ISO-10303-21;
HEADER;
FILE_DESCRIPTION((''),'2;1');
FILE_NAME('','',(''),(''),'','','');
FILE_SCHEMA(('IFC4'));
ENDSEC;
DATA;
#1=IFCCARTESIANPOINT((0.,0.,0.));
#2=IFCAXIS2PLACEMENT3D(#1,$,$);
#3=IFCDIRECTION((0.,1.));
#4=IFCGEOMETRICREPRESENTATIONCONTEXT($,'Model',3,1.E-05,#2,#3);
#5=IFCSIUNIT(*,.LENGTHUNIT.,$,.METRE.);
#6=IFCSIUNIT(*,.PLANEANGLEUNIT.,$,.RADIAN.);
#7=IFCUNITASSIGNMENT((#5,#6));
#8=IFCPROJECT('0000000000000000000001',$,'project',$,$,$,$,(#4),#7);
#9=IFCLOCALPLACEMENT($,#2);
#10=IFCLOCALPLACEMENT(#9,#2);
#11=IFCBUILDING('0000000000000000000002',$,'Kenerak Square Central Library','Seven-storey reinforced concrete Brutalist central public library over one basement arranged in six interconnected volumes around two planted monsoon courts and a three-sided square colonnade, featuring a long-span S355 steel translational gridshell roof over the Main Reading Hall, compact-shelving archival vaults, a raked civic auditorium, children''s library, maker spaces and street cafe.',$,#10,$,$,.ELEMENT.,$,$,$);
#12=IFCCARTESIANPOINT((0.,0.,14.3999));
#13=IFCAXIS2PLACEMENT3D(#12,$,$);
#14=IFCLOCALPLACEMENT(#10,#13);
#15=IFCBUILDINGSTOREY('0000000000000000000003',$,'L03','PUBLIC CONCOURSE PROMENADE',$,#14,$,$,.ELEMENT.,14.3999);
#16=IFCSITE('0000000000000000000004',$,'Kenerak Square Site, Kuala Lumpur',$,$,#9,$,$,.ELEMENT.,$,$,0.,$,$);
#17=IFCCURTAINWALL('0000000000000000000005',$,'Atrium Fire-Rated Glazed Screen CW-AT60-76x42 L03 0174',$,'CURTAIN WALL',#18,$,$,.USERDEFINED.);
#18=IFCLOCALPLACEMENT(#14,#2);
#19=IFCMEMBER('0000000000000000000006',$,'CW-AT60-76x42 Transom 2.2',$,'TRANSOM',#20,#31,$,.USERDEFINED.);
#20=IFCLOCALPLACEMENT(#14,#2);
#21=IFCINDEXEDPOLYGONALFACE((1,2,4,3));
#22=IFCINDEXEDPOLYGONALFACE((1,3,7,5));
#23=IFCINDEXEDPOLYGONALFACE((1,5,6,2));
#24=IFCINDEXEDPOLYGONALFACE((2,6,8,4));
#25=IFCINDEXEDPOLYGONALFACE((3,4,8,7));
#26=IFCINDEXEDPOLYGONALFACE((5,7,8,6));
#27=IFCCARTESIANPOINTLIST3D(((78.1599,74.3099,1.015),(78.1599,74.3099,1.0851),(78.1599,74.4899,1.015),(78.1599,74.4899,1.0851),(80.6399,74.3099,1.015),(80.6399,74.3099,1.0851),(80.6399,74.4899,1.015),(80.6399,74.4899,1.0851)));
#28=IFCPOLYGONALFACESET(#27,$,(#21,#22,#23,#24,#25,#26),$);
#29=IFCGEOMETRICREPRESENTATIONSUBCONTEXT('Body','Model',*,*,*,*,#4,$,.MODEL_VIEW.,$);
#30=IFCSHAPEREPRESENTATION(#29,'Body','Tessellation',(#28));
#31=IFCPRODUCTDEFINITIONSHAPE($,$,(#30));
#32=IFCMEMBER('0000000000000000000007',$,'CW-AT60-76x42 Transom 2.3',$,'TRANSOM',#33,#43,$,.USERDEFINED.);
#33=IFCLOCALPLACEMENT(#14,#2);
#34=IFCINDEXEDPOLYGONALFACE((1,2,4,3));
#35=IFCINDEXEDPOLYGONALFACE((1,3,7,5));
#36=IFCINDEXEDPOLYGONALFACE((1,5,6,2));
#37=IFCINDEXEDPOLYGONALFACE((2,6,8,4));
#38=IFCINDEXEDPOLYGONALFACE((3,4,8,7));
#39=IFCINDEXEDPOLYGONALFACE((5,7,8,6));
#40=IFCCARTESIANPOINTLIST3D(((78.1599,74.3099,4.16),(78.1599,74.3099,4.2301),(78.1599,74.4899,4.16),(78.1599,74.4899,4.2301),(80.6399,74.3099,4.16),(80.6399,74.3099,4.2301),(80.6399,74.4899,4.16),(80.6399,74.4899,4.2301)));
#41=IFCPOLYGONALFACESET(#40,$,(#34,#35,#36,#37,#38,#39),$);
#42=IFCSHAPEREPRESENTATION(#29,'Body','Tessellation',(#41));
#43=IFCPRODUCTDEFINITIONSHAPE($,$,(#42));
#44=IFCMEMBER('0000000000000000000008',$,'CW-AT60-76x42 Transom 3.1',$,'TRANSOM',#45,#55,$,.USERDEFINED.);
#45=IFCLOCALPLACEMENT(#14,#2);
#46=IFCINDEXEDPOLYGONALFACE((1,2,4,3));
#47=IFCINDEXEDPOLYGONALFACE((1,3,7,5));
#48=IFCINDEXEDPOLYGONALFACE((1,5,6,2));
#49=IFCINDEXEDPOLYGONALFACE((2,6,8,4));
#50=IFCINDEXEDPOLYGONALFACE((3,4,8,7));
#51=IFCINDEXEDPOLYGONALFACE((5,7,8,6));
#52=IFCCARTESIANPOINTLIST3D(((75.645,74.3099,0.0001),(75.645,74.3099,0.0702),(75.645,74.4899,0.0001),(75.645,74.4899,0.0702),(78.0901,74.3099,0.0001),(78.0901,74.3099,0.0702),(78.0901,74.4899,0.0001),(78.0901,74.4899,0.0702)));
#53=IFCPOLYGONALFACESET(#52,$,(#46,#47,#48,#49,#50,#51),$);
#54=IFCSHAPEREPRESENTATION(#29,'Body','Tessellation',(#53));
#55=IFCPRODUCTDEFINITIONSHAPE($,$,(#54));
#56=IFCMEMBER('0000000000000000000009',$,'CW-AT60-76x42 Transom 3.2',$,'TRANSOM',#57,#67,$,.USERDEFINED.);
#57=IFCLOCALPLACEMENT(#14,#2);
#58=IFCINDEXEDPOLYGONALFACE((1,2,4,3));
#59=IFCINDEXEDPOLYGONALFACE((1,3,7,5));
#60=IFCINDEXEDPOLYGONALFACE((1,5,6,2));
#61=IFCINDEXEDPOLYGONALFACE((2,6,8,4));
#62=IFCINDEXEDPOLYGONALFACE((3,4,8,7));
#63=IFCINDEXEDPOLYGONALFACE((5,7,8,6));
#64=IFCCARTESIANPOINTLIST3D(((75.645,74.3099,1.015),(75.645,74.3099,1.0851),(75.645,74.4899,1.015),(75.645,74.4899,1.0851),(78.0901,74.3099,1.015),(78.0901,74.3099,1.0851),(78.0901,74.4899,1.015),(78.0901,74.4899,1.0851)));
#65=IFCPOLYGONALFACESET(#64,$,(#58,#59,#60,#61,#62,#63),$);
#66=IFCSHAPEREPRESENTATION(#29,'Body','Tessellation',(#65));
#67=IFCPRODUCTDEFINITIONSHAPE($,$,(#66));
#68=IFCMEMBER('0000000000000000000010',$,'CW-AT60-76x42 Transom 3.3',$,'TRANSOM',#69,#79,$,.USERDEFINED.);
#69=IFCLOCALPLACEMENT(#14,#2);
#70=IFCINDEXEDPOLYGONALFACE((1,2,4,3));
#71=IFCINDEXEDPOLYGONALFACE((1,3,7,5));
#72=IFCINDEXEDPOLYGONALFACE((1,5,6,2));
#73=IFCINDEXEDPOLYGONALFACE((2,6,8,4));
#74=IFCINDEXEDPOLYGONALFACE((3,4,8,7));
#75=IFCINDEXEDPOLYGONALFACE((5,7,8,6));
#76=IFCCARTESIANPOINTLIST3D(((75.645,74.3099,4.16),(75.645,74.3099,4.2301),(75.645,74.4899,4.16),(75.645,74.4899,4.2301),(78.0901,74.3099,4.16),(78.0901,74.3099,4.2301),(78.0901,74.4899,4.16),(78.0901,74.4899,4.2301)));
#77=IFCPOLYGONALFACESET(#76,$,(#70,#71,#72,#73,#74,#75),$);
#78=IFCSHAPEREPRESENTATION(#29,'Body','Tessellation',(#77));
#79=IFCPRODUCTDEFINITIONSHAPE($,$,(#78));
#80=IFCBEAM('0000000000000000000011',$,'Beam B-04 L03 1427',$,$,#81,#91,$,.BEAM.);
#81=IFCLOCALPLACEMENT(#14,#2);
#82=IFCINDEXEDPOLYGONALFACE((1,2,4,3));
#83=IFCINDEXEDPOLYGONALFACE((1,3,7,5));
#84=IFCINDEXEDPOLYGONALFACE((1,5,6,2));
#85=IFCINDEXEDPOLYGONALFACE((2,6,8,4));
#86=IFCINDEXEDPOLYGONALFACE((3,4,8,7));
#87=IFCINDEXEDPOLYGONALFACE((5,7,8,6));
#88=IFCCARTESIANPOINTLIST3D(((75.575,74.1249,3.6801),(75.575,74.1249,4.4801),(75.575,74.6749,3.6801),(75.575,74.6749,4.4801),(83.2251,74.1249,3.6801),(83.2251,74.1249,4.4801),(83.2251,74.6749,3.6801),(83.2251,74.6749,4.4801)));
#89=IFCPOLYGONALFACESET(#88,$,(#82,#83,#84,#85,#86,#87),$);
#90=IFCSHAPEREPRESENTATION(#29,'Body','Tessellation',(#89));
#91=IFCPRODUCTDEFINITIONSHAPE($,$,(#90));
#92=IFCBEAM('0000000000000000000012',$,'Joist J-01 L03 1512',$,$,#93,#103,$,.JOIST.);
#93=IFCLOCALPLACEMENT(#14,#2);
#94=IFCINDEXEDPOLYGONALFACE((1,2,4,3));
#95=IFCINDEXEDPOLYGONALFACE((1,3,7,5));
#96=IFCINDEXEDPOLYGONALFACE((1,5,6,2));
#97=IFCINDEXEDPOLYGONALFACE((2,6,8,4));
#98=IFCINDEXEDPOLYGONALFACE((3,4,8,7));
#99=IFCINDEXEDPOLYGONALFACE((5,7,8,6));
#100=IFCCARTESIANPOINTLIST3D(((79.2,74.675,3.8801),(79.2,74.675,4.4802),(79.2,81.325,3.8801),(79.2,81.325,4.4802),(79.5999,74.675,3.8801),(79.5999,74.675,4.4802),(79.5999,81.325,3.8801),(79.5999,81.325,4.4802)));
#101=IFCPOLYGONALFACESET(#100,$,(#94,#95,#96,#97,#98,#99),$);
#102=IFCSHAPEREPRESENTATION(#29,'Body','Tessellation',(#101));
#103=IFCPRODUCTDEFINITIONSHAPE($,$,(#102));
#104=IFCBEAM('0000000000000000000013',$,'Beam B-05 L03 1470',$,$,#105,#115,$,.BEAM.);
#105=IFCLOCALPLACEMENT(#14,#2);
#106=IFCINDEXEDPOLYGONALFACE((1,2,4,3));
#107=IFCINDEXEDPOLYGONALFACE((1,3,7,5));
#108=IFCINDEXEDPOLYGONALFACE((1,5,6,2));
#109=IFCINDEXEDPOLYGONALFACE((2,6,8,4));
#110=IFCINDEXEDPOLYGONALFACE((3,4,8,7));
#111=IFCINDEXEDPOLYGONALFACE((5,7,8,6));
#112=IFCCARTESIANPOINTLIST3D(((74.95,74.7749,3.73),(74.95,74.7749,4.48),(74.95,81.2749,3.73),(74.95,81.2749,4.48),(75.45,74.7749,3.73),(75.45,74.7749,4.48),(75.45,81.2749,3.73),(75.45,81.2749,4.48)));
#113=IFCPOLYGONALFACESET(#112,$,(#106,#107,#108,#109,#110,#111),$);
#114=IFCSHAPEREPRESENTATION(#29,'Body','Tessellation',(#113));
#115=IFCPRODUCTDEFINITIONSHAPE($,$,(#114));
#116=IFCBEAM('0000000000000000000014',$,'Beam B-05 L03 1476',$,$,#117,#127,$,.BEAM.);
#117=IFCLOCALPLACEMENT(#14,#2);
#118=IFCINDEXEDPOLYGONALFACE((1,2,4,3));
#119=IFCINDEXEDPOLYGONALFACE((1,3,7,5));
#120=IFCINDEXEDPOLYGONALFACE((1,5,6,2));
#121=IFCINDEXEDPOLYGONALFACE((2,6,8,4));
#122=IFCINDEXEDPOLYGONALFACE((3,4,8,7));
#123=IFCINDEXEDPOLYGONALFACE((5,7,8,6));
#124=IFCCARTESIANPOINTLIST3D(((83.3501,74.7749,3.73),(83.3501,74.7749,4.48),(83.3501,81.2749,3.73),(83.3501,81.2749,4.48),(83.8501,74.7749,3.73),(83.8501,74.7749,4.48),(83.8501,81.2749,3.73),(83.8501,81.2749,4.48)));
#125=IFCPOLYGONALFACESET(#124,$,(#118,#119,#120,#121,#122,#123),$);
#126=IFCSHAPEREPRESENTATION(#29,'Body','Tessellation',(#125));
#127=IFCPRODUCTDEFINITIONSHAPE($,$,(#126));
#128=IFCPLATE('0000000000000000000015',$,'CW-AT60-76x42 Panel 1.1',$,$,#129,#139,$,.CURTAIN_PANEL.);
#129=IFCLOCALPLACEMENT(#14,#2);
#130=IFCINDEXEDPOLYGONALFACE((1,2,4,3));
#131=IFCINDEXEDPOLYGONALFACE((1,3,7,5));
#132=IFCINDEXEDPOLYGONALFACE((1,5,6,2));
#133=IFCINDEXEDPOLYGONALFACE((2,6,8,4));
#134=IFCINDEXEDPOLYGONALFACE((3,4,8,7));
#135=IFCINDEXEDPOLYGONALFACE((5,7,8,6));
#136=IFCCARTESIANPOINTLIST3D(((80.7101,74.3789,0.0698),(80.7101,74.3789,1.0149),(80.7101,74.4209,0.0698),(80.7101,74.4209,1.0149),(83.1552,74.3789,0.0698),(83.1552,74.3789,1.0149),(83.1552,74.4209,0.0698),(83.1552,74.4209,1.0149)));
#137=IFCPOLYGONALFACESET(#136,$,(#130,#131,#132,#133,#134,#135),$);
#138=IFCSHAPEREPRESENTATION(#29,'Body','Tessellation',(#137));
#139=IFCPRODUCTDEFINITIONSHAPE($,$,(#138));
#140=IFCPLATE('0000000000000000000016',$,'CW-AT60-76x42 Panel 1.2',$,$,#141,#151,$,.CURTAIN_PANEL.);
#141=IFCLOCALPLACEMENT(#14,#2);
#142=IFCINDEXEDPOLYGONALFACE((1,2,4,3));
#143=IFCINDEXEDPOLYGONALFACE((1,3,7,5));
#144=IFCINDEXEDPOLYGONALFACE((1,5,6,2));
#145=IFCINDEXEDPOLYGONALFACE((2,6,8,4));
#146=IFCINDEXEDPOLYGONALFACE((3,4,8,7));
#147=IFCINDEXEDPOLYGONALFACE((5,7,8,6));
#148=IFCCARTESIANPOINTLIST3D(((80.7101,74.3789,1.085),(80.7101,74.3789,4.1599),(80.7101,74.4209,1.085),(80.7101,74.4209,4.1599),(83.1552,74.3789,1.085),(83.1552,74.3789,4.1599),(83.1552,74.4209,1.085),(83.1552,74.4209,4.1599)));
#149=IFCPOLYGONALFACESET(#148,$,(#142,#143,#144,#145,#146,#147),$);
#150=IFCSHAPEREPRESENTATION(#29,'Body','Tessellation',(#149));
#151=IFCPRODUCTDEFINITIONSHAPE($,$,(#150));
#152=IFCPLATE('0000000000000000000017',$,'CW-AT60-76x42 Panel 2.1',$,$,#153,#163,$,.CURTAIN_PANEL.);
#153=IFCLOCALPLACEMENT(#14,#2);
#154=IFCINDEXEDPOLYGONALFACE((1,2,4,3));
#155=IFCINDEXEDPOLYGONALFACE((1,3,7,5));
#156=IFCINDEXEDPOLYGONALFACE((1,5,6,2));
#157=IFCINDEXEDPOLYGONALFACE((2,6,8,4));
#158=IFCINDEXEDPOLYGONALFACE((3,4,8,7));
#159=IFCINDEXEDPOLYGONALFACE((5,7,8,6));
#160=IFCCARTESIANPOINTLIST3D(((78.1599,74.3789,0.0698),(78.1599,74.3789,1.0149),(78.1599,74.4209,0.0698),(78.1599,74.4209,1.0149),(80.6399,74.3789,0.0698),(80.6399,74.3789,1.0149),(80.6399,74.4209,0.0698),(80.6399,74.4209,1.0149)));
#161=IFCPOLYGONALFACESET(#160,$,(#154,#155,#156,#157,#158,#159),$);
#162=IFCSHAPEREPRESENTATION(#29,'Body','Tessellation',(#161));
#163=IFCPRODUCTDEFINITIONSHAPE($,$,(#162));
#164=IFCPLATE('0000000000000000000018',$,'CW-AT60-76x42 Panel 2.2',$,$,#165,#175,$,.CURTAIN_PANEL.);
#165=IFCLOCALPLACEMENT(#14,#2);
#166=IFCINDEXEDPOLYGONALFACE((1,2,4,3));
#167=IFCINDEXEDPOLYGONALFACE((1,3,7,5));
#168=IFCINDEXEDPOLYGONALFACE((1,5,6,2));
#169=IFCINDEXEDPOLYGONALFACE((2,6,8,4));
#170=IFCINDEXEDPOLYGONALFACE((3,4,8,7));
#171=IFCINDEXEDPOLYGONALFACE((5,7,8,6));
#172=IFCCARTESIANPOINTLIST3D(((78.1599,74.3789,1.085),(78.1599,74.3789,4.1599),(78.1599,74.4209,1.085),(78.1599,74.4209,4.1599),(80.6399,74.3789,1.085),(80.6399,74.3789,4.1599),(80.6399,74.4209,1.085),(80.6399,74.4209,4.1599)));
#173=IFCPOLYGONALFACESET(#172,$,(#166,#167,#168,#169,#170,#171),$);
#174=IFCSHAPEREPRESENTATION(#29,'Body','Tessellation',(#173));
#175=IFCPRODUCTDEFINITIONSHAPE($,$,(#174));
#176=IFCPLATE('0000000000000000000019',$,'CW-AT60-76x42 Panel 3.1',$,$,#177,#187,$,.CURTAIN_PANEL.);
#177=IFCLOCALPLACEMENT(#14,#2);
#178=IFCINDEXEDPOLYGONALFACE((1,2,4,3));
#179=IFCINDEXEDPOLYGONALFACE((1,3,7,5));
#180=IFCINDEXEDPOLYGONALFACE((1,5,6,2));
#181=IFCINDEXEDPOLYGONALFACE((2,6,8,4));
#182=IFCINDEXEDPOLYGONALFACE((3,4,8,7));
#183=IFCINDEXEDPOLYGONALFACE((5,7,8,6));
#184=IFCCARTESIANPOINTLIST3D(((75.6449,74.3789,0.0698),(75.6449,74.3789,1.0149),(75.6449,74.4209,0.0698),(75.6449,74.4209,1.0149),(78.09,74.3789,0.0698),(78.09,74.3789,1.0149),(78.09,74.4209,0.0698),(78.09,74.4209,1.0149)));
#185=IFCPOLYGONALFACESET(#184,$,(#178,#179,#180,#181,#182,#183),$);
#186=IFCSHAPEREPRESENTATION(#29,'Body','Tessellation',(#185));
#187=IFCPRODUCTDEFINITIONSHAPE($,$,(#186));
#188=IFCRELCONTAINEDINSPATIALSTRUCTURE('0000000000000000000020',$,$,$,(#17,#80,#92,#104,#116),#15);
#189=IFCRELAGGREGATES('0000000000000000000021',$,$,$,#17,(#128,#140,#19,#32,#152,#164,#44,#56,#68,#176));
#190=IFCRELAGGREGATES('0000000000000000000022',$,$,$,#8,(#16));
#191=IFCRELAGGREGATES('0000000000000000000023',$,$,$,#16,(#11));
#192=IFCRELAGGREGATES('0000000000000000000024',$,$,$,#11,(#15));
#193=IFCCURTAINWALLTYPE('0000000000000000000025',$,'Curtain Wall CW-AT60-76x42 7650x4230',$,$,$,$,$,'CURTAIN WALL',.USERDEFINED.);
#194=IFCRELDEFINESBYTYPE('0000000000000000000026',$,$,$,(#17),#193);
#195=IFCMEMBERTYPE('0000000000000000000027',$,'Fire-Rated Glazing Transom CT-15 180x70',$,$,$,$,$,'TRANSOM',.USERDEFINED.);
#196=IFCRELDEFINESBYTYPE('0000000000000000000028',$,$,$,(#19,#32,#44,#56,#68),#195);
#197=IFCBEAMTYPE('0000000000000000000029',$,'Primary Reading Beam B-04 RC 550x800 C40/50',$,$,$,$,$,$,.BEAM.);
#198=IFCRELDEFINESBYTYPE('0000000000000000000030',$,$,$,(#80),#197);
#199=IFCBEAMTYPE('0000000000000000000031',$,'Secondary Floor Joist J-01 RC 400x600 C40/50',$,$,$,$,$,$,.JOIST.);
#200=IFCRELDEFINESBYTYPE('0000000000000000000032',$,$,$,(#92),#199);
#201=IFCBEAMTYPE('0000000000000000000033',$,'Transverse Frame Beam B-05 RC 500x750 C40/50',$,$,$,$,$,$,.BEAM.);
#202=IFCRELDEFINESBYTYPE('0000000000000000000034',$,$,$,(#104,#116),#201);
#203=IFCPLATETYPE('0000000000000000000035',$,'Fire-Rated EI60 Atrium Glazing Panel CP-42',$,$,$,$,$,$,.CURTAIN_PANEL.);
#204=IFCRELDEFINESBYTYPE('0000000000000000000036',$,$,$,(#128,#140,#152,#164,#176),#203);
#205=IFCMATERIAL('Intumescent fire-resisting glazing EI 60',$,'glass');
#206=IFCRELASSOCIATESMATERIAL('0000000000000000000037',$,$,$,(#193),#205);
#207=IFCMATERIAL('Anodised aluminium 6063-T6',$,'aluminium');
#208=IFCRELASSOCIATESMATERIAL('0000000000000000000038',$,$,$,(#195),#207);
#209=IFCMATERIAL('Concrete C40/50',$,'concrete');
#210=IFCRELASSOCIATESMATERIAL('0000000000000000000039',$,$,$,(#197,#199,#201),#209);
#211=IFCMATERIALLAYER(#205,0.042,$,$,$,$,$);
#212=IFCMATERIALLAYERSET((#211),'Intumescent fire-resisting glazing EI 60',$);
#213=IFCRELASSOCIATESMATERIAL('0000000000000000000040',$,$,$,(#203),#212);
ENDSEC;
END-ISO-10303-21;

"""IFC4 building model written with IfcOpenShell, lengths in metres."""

from ifc_helpers import new_model, si_unit, direction, frame, origin, origin_2d, place, context, subcontext, project, spatial, rectangle, extrude, material, layer, layer_set, material_profile, profile_set, type_object, element, aggregate, save


model = new_model("IFC4")

# Units and contexts
model_context = context("Model", 3, precision=1e-05, world=origin(), true_north=direction((0.0, 1.0)))
body_context = subcontext(model_context, "Body", "Model", "MODEL_VIEW")
ifc_project = project(units=[si_unit("LENGTHUNIT", "METRE"), si_unit("PLANEANGLEUNIT", "RADIAN")], contexts=[model_context])

# Site, building, storey
site_placement = place(None, origin())
site = spatial("IfcSite", under=ifc_project, at=site_placement, Name="Kenerak Square Site, Kuala Lumpur", CompositionType="ELEMENT", RefElevation=0.0)
building_placement = place(site_placement, origin())
building = spatial("IfcBuilding", under=site, at=building_placement, Name="Kenerak Square Central Library", Description="Seven-storey reinforced concrete Brutalist central public library over one basement arranged in six interconnected volumes around two planted monsoon courts and a three-sided square colonnade, featuring a long-span S355 steel translational gridshell roof over the Main Reading Hall, compact-shelving archival vaults, a raked civic auditorium, children's library, maker spaces and street cafe.", CompositionType="ELEMENT")
storey_placement = place(building_placement, frame((0.0, 0.0, 14.3999)))
storey = spatial("IfcBuildingStorey", under=building, at=storey_placement, Name="L03", Description="PUBLIC CONCOURSE PROMENADE", CompositionType="ELEMENT", Elevation=14.3999)

# Shared definitions
ifc_material_1 = material(Name="Concrete C40/50", Category="concrete")

# Curtain wall, members
ifc_material_2 = material(Name="Intumescent fire-resisting glazing EI 60", Category="glass")
curtain_wall_type = type_object("IfcCurtainWallType", Name="Curtain Wall CW-AT60-76x42 7650x4230", ElementType="CURTAIN WALL", PredefinedType="USERDEFINED", material=ifc_material_2)
curtain_wall_placement = place(storey_placement, origin())
curtain_wall = element("IfcCurtainWall", 1, at=curtain_wall_placement, inside=storey, type_object=curtain_wall_type, Name="Atrium Fire-Rated Glazed Screen CW-AT60-76x42 L03 0174", ObjectType="CURTAIN WALL", PredefinedType="USERDEFINED")
ifc_material_3 = material(Name="Anodised aluminium 6063-T6", Category="aluminium")
ifc_material_profile_1 = material_profile(ifc_material_3, rectangle(XDim=0.1799, YDim=0.0701, at=origin_2d()), Name="AL TRANSOM 180x70")
ifc_profile_set_1 = profile_set([ifc_material_profile_1], Name="Anodised aluminium 6063-T6")
member_type_1 = type_object("IfcMemberType", Name="Fire-Rated Glazing Transom CT-15 180x70", ElementType="TRANSOM", PredefinedType="USERDEFINED", material=ifc_profile_set_1)
member_1_placement = place(storey_placement, frame((80.6399, 74.3999, 1.05), z_axis=(-1.0, 0.0, 0.0), x_axis=(0.0, -1.0, 0.0)))
member_1 = element("IfcMember", 2, at=member_1_placement, type_object=member_type_1, Name="CW-AT60-76x42 Transom 2.2", ObjectType="TRANSOM", PredefinedType="USERDEFINED", context=body_context, shape_type="SweptSolid", body=[
    extrude(rectangle(XDim=0.1799, YDim=0.0701, at=origin_2d()), origin(), (0.0, 0.0, 1.0), 2.48),
])
member_2_placement = place(storey_placement, frame((80.6399, 74.3999, 4.1951), z_axis=(-1.0, 0.0, 0.0), x_axis=(0.0, -1.0, 0.0)))
member_2 = element("IfcMember", 3, at=member_2_placement, type_object=member_type_1, Name="CW-AT60-76x42 Transom 2.3", ObjectType="TRANSOM", PredefinedType="USERDEFINED", context=body_context, shape_type="SweptSolid", body=[
    extrude(rectangle(XDim=0.1799, YDim=0.0701, at=origin_2d()), origin(), (0.0, 0.0, 1.0), 2.48),
])
member_3_placement = place(storey_placement, frame((78.0901, 74.3999, 0.0352), z_axis=(-1.0, 0.0, 0.0), x_axis=(0.0, -1.0, 0.0)))
member_3 = element("IfcMember", 4, at=member_3_placement, type_object=member_type_1, Name="CW-AT60-76x42 Transom 3.1", ObjectType="TRANSOM", PredefinedType="USERDEFINED", context=body_context, shape_type="SweptSolid", body=[
    extrude(rectangle(XDim=0.1799, YDim=0.0701, at=origin_2d()), origin(), (0.0, 0.0, 1.0), 2.4451),
])
member_4_placement = place(storey_placement, frame((78.0901, 74.3999, 1.05), z_axis=(-1.0, 0.0, 0.0), x_axis=(0.0, -1.0, 0.0)))
member_4 = element("IfcMember", 5, at=member_4_placement, type_object=member_type_1, Name="CW-AT60-76x42 Transom 3.2", ObjectType="TRANSOM", PredefinedType="USERDEFINED", context=body_context, shape_type="SweptSolid", body=[
    extrude(rectangle(XDim=0.1799, YDim=0.0701, at=origin_2d()), origin(), (0.0, 0.0, 1.0), 2.4451),
])
member_5_placement = place(storey_placement, frame((78.0901, 74.3999, 4.1951), z_axis=(-1.0, 0.0, 0.0), x_axis=(0.0, -1.0, 0.0)))
member_5 = element("IfcMember", 6, at=member_5_placement, type_object=member_type_1, Name="CW-AT60-76x42 Transom 3.3", ObjectType="TRANSOM", PredefinedType="USERDEFINED", context=body_context, shape_type="SweptSolid", body=[
    extrude(rectangle(XDim=0.1799, YDim=0.0701, at=origin_2d()), origin(), (0.0, 0.0, 1.0), 2.4451),
])

# Beams
ifc_material_profile_2 = material_profile(ifc_material_1, rectangle(XDim=0.55, YDim=0.8, at=origin_2d()), Name="RC 550x800")
ifc_profile_set_2 = profile_set([ifc_material_profile_2], Name="Concrete C40/50")
beam_type_1 = type_object("IfcBeamType", Name="Primary Reading Beam B-04 RC 550x800 C40/50", PredefinedType="BEAM", material=ifc_profile_set_2)
beam_1_placement = place(storey_placement, frame((75.575, 74.3999, 4.0801), z_axis=(1.0, 0.0, 0.0), x_axis=(0.0, 1.0, 0.0)))
element("IfcBeam", 7, at=beam_1_placement, inside=storey, type_object=beam_type_1, Name="Beam B-04 L03 1427", PredefinedType="BEAM", context=body_context, shape_type="SweptSolid", body=[
    extrude(rectangle(XDim=0.55, YDim=0.8, at=origin_2d()), origin(), (0.0, 0.0, 1.0), 7.6501),
])
ifc_material_profile_3 = material_profile(ifc_material_1, rectangle(XDim=0.3999, YDim=0.6001, at=origin_2d()), Name="RC 400x600")
ifc_profile_set_3 = profile_set([ifc_material_profile_3], Name="Concrete C40/50")
beam_type_2 = type_object("IfcBeamType", Name="Secondary Floor Joist J-01 RC 400x600 C40/50", PredefinedType="JOIST", material=ifc_profile_set_3)
beam_2_placement = place(storey_placement, frame((79.3999, 74.675, 4.1802), z_axis=(0.0, 1.0, 0.0), x_axis=(-1.0, 0.0, 0.0)))
element("IfcBeam", 8, at=beam_2_placement, inside=storey, type_object=beam_type_2, Name="Joist J-01 L03 1512", PredefinedType="JOIST", context=body_context, shape_type="SweptSolid", body=[
    extrude(rectangle(XDim=0.3999, YDim=0.6001, at=origin_2d()), origin(), (0.0, 0.0, 1.0), 6.6499),
])
ifc_material_profile_4 = material_profile(ifc_material_1, rectangle(XDim=0.5, YDim=0.75, at=origin_2d()), Name="RC 500x750")
ifc_profile_set_4 = profile_set([ifc_material_profile_4], Name="Concrete C40/50")
beam_type_3 = type_object("IfcBeamType", Name="Transverse Frame Beam B-05 RC 500x750 C40/50", PredefinedType="BEAM", material=ifc_profile_set_4)
for number, where, z_axis, x_axis, name in (
    (9, (75.2, 74.7749, 4.105), (0.0, 1.0, 0.0), (-1.0, 0.0, 0.0), "Beam B-05 L03 1470"),
    (10, (83.6001, 74.7749, 4.105), (0.0, 1.0, 0.0), (-1.0, 0.0, 0.0), "Beam B-05 L03 1476"),
):
    element("IfcBeam", number, at=place(storey_placement, frame(where, z_axis=z_axis, x_axis=x_axis)), inside=storey, type_object=beam_type_3, Name=name, PredefinedType="BEAM", context=body_context, shape_type="SweptSolid", body=[
        extrude(rectangle(XDim=0.5, YDim=0.75, at=origin_2d()), origin(), (0.0, 0.0, 1.0), 6.5),
    ])

# Plates
ifc_layer = layer(ifc_material_2, 0.042)
ifc_layer_set = layer_set([ifc_layer], Name="Intumescent fire-resisting glazing EI 60")
plate_type = type_object("IfcPlateType", Name="Fire-Rated EI60 Atrium Glazing Panel CP-42", PredefinedType="CURTAIN_PANEL", material=ifc_layer_set)
plate_1_placement = place(storey_placement, frame((81.9326, 74.3999, 0.0698), z_axis=(0.0, 0.0, 1.0), x_axis=(-1.0, 0.0, 0.0)))
plate_1 = element("IfcPlate", 11, at=plate_1_placement, type_object=plate_type, Name="CW-AT60-76x42 Panel 1.1", PredefinedType="CURTAIN_PANEL", context=body_context, shape_type="SweptSolid", body=[
    extrude(rectangle(XDim=2.4451, YDim=0.042, at=origin_2d()), origin(), (0.0, 0.0, 1.0), 0.9451),
])
plate_2_placement = place(storey_placement, frame((81.9326, 74.3999, 1.085), z_axis=(0.0, 0.0, 1.0), x_axis=(-1.0, 0.0, 0.0)))
plate_2 = element("IfcPlate", 12, at=plate_2_placement, type_object=plate_type, Name="CW-AT60-76x42 Panel 1.2", PredefinedType="CURTAIN_PANEL", context=body_context, shape_type="SweptSolid", body=[
    extrude(rectangle(XDim=2.4451, YDim=0.042, at=origin_2d()), origin(), (0.0, 0.0, 1.0), 3.075),
])
plate_3_placement = place(storey_placement, frame((79.3999, 74.3999, 0.0698), z_axis=(0.0, 0.0, 1.0), x_axis=(-1.0, 0.0, 0.0)))
plate_3 = element("IfcPlate", 13, at=plate_3_placement, type_object=plate_type, Name="CW-AT60-76x42 Panel 2.1", PredefinedType="CURTAIN_PANEL", context=body_context, shape_type="SweptSolid", body=[
    extrude(rectangle(XDim=2.48, YDim=0.042, at=origin_2d()), origin(), (0.0, 0.0, 1.0), 0.9451),
])
plate_4_placement = place(storey_placement, frame((79.3999, 74.3999, 1.085), z_axis=(0.0, 0.0, 1.0), x_axis=(-1.0, 0.0, 0.0)))
plate_4 = element("IfcPlate", 14, at=plate_4_placement, type_object=plate_type, Name="CW-AT60-76x42 Panel 2.2", PredefinedType="CURTAIN_PANEL", context=body_context, shape_type="SweptSolid", body=[
    extrude(rectangle(XDim=2.48, YDim=0.042, at=origin_2d()), origin(), (0.0, 0.0, 1.0), 3.075),
])
plate_5_placement = place(storey_placement, frame((76.8674, 74.3999, 0.0698), z_axis=(0.0, 0.0, 1.0), x_axis=(-1.0, 0.0, 0.0)))
plate_5 = element("IfcPlate", 15, at=plate_5_placement, type_object=plate_type, Name="CW-AT60-76x42 Panel 3.1", PredefinedType="CURTAIN_PANEL", context=body_context, shape_type="SweptSolid", body=[
    extrude(rectangle(XDim=2.4451, YDim=0.042, at=origin_2d()), origin(), (0.0, 0.0, 1.0), 0.9451),
])
aggregate(curtain_wall, [plate_1, plate_2, member_1, member_2, plate_3, plate_4, member_3, member_4, member_5, plate_5])

save(model, "model.ifc")
